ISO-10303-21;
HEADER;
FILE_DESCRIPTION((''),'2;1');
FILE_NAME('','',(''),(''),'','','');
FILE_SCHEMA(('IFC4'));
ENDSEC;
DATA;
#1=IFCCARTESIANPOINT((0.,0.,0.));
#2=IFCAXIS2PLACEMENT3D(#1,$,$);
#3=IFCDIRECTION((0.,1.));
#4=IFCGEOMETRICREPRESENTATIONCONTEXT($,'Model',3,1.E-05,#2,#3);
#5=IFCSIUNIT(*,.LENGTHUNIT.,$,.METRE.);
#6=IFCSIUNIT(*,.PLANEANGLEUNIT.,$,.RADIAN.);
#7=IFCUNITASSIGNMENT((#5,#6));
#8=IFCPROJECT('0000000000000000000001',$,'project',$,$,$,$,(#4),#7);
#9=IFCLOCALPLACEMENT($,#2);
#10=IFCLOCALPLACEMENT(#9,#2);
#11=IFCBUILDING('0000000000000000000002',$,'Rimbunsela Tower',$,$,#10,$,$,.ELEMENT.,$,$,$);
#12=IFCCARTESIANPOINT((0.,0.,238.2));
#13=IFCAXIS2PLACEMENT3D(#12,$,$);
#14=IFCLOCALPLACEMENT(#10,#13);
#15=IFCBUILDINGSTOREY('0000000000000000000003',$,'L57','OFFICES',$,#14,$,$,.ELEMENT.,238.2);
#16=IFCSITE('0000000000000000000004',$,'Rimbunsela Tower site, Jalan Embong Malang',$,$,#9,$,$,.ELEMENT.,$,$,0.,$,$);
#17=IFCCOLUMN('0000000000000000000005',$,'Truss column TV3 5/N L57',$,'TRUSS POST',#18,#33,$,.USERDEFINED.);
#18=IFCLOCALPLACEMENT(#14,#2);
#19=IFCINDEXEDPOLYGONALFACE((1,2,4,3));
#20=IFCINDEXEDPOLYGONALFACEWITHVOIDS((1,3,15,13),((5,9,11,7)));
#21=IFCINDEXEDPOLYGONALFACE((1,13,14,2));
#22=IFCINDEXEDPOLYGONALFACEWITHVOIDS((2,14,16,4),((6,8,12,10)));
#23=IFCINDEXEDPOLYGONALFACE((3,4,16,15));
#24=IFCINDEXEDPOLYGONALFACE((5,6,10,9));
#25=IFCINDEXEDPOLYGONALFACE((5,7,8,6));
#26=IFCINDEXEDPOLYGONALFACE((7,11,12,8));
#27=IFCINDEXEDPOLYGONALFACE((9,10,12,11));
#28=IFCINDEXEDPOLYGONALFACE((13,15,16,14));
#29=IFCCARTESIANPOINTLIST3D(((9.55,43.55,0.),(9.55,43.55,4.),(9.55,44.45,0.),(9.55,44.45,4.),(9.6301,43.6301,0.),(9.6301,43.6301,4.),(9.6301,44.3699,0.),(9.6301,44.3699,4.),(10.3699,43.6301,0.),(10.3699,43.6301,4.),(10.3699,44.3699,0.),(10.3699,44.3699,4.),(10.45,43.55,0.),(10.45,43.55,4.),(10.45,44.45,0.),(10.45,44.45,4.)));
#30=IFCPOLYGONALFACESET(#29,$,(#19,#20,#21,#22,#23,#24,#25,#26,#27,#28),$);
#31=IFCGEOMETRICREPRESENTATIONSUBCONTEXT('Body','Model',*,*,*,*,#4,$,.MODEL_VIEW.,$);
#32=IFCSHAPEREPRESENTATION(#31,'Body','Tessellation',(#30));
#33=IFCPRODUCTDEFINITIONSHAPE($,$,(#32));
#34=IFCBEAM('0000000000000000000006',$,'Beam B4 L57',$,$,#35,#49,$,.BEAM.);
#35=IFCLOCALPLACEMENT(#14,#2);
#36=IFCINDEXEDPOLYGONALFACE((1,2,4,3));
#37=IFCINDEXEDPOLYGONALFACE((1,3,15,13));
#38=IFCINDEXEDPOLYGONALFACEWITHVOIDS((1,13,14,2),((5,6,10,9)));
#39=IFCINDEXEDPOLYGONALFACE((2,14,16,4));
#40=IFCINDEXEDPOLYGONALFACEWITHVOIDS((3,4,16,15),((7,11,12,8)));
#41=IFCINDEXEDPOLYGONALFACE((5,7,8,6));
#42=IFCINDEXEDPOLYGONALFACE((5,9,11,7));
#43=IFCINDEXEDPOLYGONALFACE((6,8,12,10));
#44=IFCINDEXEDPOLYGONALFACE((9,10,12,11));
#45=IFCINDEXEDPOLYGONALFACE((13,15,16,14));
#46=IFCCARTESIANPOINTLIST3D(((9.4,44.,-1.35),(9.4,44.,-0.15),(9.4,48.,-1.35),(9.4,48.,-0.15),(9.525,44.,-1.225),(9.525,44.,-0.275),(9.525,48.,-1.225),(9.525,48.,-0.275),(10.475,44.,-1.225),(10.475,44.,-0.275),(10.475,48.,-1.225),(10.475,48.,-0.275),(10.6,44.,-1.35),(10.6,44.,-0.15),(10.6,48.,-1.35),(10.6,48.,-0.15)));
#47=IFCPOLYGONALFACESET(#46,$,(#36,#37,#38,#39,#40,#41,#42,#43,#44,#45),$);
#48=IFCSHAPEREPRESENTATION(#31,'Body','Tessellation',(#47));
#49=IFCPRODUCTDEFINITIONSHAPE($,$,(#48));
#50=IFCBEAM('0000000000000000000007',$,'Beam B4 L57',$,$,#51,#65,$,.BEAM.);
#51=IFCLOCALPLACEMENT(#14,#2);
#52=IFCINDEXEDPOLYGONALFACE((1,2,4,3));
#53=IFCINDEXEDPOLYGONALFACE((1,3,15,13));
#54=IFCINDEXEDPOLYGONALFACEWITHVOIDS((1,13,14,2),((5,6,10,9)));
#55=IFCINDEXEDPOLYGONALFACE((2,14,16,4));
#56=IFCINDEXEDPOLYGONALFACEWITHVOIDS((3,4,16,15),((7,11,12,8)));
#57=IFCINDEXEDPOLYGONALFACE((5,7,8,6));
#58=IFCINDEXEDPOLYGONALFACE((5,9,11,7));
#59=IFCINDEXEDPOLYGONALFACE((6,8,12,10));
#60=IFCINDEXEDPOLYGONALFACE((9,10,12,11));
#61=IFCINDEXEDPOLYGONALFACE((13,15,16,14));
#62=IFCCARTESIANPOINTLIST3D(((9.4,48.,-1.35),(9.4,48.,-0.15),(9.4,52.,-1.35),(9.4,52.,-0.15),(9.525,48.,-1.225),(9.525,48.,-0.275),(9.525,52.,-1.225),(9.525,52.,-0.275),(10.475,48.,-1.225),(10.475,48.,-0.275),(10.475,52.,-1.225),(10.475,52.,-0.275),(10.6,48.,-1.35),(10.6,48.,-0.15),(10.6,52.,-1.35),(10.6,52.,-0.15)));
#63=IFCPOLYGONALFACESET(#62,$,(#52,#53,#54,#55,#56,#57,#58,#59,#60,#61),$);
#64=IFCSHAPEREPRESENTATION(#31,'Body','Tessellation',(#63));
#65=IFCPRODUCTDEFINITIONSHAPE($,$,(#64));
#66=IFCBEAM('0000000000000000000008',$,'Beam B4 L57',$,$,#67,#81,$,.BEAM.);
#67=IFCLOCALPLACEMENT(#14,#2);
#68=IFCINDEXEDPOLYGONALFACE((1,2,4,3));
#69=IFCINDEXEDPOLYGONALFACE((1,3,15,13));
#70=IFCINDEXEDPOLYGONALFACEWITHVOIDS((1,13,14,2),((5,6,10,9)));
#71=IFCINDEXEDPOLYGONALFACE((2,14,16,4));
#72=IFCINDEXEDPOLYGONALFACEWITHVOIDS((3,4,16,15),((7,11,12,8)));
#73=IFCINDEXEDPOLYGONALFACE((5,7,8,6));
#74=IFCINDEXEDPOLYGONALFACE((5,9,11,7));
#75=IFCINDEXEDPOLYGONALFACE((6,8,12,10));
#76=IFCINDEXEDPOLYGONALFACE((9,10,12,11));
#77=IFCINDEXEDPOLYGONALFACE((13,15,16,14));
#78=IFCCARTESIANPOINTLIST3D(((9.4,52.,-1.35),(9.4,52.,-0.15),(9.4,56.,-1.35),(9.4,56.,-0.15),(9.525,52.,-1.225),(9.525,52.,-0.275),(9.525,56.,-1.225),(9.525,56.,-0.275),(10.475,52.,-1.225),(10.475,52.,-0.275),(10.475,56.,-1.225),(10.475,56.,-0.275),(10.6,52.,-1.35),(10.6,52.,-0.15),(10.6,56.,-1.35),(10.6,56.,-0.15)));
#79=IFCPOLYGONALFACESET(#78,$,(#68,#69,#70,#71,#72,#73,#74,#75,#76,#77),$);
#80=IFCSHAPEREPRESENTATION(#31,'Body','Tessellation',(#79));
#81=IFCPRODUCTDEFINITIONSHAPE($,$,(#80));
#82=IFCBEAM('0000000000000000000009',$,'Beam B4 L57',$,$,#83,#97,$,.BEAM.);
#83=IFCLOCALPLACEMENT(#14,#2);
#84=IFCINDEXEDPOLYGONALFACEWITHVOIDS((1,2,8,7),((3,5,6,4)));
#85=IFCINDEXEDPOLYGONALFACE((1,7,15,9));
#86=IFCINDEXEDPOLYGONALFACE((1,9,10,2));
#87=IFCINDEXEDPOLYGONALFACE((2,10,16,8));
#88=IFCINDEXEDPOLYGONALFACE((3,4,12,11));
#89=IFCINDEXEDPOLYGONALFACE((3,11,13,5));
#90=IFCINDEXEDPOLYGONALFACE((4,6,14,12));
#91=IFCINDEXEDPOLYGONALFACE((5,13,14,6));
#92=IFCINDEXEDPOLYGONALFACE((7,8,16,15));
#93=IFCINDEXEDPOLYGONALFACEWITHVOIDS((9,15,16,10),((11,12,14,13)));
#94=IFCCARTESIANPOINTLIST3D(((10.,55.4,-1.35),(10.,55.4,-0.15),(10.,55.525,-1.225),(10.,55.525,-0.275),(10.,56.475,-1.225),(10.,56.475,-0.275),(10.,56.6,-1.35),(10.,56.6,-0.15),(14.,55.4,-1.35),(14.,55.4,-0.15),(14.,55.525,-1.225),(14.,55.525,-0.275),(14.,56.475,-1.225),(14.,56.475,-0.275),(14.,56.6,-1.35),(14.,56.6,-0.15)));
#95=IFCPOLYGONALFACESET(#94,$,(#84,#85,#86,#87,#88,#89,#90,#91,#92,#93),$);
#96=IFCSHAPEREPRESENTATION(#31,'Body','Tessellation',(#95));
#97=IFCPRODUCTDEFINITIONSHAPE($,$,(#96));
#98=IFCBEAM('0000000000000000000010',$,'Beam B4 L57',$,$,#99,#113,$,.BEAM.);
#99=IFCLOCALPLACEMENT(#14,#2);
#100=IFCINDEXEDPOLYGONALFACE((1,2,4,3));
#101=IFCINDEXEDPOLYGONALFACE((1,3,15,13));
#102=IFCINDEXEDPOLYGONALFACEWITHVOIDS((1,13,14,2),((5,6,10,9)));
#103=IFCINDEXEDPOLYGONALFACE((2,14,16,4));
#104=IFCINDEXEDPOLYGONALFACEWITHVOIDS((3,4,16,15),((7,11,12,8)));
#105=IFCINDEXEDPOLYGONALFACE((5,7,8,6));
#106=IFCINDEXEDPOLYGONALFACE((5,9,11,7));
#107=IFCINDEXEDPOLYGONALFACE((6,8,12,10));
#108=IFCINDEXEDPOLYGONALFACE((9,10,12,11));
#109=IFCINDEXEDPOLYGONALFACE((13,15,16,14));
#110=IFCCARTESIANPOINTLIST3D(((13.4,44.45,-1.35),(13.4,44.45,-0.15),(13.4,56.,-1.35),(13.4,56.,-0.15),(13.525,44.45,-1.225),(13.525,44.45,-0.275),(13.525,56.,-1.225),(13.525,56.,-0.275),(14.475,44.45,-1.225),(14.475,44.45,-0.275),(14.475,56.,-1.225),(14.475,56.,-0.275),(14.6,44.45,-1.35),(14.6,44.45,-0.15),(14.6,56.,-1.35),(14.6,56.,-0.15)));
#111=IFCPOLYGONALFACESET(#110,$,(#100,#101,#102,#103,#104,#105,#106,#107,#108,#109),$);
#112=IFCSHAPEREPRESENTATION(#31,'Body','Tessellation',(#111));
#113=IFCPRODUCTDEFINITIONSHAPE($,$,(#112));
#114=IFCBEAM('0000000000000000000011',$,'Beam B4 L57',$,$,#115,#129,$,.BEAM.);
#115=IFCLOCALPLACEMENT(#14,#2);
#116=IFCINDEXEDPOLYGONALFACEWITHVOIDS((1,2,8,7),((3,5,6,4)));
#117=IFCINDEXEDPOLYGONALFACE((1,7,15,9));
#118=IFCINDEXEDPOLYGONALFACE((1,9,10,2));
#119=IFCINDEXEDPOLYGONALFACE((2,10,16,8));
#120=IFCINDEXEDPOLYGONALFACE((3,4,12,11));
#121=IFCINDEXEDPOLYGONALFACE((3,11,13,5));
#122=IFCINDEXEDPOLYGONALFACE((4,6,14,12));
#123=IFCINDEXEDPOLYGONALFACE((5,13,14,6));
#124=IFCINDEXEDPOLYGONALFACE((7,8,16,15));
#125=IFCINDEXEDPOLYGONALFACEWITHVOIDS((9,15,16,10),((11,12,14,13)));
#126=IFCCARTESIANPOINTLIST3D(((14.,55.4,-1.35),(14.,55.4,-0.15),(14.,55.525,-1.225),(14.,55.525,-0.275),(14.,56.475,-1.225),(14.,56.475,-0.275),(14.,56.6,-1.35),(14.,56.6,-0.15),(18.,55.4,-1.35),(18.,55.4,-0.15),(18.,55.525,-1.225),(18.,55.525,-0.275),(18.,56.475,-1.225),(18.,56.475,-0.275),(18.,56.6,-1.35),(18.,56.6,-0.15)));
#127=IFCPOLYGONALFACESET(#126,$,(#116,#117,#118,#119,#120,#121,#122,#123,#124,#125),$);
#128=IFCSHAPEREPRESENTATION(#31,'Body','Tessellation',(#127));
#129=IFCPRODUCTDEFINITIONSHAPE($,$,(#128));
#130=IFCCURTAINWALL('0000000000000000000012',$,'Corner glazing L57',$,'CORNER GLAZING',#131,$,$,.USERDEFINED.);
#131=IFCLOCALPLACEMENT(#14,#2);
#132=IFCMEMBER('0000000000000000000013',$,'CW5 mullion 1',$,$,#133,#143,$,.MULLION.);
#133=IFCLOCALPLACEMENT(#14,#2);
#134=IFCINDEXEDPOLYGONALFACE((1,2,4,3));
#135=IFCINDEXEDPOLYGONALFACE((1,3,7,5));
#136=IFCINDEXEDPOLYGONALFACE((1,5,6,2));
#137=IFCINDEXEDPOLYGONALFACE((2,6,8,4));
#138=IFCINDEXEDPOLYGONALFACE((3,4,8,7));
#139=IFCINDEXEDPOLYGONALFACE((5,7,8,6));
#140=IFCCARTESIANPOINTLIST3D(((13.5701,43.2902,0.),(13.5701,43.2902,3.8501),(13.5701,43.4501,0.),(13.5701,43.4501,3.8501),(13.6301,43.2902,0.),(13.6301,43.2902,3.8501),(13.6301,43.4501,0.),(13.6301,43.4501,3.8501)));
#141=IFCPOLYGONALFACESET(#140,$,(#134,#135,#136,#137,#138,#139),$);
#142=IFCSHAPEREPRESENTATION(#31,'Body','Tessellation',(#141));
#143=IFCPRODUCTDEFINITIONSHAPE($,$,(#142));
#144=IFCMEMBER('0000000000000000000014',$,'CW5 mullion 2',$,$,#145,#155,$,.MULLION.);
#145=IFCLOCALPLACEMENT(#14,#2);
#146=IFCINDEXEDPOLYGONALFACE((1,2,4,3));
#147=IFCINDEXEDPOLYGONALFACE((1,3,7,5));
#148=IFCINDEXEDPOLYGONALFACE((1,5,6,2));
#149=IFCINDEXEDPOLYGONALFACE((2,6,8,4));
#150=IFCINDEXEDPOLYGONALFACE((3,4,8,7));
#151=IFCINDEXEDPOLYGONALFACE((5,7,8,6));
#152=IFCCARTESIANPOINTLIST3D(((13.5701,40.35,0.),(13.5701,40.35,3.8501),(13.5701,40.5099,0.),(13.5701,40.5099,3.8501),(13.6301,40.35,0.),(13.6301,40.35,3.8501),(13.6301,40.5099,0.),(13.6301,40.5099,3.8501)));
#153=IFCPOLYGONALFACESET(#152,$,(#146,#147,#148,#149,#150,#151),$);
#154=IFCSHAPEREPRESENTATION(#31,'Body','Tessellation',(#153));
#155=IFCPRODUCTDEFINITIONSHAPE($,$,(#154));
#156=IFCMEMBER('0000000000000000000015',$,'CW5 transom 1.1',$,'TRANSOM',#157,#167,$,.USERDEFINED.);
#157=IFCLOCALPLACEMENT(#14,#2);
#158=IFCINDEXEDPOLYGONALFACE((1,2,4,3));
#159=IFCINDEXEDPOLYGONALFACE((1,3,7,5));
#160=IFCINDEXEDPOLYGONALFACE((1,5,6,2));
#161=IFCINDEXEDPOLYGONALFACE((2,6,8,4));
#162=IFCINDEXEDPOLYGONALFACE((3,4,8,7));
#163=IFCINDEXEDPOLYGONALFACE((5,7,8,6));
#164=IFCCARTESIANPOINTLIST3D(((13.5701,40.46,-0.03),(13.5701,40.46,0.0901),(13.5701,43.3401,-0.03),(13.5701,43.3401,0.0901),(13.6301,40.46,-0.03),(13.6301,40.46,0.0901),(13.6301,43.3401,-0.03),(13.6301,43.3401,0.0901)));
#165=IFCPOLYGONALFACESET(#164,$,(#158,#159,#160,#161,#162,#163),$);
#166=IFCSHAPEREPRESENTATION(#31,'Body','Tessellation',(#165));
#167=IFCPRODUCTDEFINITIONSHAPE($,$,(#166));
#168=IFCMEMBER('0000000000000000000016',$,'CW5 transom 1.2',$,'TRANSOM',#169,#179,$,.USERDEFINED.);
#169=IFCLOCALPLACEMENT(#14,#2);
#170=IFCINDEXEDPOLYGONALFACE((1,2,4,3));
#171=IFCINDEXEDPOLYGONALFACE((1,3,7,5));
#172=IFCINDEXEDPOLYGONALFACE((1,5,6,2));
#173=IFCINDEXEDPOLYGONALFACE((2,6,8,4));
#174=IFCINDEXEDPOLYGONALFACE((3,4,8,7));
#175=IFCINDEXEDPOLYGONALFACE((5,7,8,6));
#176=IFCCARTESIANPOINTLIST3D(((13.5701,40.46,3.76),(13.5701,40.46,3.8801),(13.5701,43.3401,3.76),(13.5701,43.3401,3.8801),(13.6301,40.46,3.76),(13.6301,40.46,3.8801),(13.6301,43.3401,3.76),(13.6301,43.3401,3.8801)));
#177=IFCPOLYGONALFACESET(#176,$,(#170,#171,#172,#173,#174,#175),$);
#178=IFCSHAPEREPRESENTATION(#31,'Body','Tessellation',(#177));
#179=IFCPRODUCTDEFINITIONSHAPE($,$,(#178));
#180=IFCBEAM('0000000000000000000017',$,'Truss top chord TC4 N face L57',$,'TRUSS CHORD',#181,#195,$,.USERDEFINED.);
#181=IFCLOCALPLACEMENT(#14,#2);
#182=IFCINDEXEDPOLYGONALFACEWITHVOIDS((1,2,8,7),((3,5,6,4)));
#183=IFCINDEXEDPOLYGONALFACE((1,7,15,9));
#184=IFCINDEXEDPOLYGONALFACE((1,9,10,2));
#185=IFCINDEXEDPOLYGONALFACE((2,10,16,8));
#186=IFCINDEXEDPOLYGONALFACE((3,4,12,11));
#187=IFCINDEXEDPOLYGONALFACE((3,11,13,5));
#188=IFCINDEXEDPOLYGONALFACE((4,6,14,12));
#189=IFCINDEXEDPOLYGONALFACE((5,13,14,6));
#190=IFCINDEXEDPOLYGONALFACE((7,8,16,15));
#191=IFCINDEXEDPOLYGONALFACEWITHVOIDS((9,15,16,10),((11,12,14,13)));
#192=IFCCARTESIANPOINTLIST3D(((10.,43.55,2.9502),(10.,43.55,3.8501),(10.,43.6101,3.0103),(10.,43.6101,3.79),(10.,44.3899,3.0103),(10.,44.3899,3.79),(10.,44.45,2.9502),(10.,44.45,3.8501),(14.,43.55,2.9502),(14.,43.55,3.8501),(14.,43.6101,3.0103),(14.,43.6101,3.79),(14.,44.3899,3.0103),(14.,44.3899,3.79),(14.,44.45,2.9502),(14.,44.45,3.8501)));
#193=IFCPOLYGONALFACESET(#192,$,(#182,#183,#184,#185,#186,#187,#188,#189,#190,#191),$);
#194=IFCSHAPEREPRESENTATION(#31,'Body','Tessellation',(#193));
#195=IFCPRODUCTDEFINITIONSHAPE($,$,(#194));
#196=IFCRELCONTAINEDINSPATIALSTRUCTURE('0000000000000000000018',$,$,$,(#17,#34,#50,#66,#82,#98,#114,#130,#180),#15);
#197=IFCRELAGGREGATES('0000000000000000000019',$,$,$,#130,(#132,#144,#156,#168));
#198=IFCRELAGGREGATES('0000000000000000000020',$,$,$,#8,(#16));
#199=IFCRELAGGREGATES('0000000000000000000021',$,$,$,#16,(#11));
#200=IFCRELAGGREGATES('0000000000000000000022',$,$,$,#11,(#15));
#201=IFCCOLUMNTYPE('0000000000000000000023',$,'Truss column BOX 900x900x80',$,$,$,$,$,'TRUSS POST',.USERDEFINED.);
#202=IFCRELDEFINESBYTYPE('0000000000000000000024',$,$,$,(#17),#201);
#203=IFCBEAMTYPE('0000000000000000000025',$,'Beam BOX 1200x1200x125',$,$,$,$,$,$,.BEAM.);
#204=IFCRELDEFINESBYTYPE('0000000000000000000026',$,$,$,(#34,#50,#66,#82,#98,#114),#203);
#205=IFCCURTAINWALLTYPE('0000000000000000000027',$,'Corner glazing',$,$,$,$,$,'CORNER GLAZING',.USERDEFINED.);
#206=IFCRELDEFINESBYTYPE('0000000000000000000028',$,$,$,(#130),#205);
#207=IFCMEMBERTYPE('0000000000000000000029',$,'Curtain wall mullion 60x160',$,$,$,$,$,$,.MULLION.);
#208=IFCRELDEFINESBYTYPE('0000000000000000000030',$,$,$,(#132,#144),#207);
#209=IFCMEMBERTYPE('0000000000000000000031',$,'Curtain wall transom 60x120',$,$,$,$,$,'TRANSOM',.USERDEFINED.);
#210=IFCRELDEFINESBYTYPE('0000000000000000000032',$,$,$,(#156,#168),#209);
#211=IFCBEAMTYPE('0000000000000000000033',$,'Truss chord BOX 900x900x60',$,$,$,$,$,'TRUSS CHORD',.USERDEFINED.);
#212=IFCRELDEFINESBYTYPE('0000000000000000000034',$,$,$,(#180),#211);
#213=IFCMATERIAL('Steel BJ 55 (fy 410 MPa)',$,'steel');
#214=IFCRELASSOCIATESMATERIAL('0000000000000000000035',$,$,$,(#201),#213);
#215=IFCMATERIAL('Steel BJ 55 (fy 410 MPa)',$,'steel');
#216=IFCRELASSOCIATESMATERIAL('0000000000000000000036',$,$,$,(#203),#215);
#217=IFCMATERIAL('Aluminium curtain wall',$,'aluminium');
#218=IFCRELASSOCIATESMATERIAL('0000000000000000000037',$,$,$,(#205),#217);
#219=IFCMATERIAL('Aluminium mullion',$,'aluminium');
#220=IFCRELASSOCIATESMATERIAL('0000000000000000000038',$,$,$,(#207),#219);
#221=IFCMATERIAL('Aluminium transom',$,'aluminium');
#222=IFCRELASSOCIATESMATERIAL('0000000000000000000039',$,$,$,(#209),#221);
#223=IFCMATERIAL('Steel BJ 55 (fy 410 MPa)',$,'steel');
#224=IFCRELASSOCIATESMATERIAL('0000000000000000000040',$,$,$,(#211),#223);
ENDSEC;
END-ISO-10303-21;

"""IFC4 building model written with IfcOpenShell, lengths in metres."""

from ifc_helpers import new_model, si_unit, direction, frame, origin, origin_2d, place, context, subcontext, project, spatial, rectangle, hollow_rectangle, extrude, material, material_profile, profile_set, type_object, element, aggregate, save


model = new_model("IFC4")

# Units and contexts
model_context = context("Model", 3, precision=1e-05, world=origin(), true_north=direction((0.0, 1.0)))
body_context = subcontext(model_context, "Body", "Model", "MODEL_VIEW")
ifc_project = project(units=[si_unit("LENGTHUNIT", "METRE"), si_unit("PLANEANGLEUNIT", "RADIAN")], contexts=[model_context])

# Site, building, storey
site_placement = place(None, origin())
site = spatial("IfcSite", under=ifc_project, at=site_placement, Name="Rimbunsela Tower site, Jalan Embong Malang", CompositionType="ELEMENT", RefElevation=0.0)
building_placement = place(site_placement, origin())
building = spatial("IfcBuilding", under=site, at=building_placement, Name="Rimbunsela Tower", CompositionType="ELEMENT")
storey_placement = place(building_placement, frame((0.0, 0.0, 238.2)))
storey = spatial("IfcBuildingStorey", under=building, at=storey_placement, Name="L57", Description="OFFICES", CompositionType="ELEMENT", Elevation=238.2)

# Column
ifc_material_1 = material(Name="Steel BJ 55 (fy 410 MPa)", Category="steel")
ifc_material_profile_1 = material_profile(ifc_material_1, hollow_rectangle(XDim=0.8999, YDim=0.8999, WallThickness=0.0801, at=origin_2d()), Name="BOX 900x900x80")
ifc_profile_set_1 = profile_set([ifc_material_profile_1], Name="Steel BJ 55 (fy 410 MPa)")
column_type = type_object("IfcColumnType", Name="Truss column BOX 900x900x80", ElementType="TRUSS POST", PredefinedType="USERDEFINED", material=ifc_profile_set_1)
column_placement = place(storey_placement, frame((10.0, 44.0, 0.0), z_axis=(0.0, 0.0, 1.0), x_axis=(1.0, 0.0, 0.0)))
element("IfcColumn", 1, at=column_placement, inside=storey, type_object=column_type, Name="Truss column TV3 5/N L57", ObjectType="TRUSS POST", PredefinedType="USERDEFINED", context=body_context, shape_type="SweptSolid", body=[
    extrude(hollow_rectangle(XDim=0.8999, YDim=0.8999, WallThickness=0.0801, at=origin_2d()), origin(), (0.0, 0.0, 1.0), 4.0),
])

# Beams
ifc_material_2 = material(Name="Steel BJ 55 (fy 410 MPa)", Category="steel")
ifc_material_profile_2 = material_profile(ifc_material_2, hollow_rectangle(XDim=1.2, YDim=1.2, WallThickness=0.125, at=origin_2d()), Name="BOX 1200x1200x125")
ifc_profile_set_2 = profile_set([ifc_material_profile_2], Name="Steel BJ 55 (fy 410 MPa)")
beam_type_1 = type_object("IfcBeamType", Name="Beam BOX 1200x1200x125", PredefinedType="BEAM", material=ifc_profile_set_2)
for number, where, z_axis, x_axis, name in (
    (2, (10.0, 44.0, -0.75), (0.0, 1.0, 0.0), (-1.0, 0.0, 0.0), "Beam B4 L57"),
    (3, (10.0, 48.0, -0.75), (0.0, 1.0, 0.0), (-1.0, 0.0, 0.0), "Beam B4 L57"),
    (4, (10.0, 52.0, -0.75), (0.0, 1.0, 0.0), (-1.0, 0.0, 0.0), "Beam B4 L57"),
    (5, (10.0, 56.0, -0.75), (1.0, 0.0, 0.0), (0.0, 1.0, 0.0), "Beam B4 L57"),
):
    element("IfcBeam", number, at=place(storey_placement, frame(where, z_axis=z_axis, x_axis=x_axis)), inside=storey, type_object=beam_type_1, Name=name, PredefinedType="BEAM", context=body_context, shape_type="SweptSolid", body=[
        extrude(hollow_rectangle(XDim=1.2, YDim=1.2, WallThickness=0.125, at=origin_2d()), origin(), (0.0, 0.0, 1.0), 4.0),
    ])
beam_1_placement = place(storey_placement, frame((14.0, 44.45, -0.75), z_axis=(0.0, 1.0, 0.0), x_axis=(-1.0, 0.0, 0.0)))
element("IfcBeam", 6, at=beam_1_placement, inside=storey, type_object=beam_type_1, Name="Beam B4 L57", PredefinedType="BEAM", context=body_context, shape_type="SweptSolid", body=[
    extrude(hollow_rectangle(XDim=1.2, YDim=1.2, WallThickness=0.125, at=origin_2d()), origin(), (0.0, 0.0, 1.0), 11.55),
])
beam_2_placement = place(storey_placement, frame((14.0, 56.0, -0.75), z_axis=(1.0, 0.0, 0.0), x_axis=(0.0, 1.0, 0.0)))
element("IfcBeam", 7, at=beam_2_placement, inside=storey, type_object=beam_type_1, Name="Beam B4 L57", PredefinedType="BEAM", context=body_context, shape_type="SweptSolid", body=[
    extrude(hollow_rectangle(XDim=1.2, YDim=1.2, WallThickness=0.125, at=origin_2d()), origin(), (0.0, 0.0, 1.0), 4.0),
])

# Curtain wall, members
ifc_material_3 = material(Name="Aluminium curtain wall", Category="aluminium")
curtain_wall_type = type_object("IfcCurtainWallType", Name="Corner glazing", ElementType="CORNER GLAZING", PredefinedType="USERDEFINED", material=ifc_material_3)
curtain_wall_placement = place(storey_placement, origin())
curtain_wall = element("IfcCurtainWall", 8, at=curtain_wall_placement, inside=storey, type_object=curtain_wall_type, Name="Corner glazing L57", ObjectType="CORNER GLAZING", PredefinedType="USERDEFINED")
ifc_material_4 = material(Name="Aluminium mullion", Category="aluminium")
ifc_material_profile_3 = material_profile(ifc_material_4, rectangle(XDim=0.0601, YDim=0.1599, at=origin_2d()), Name="Mullion 60x160")
ifc_profile_set_3 = profile_set([ifc_material_profile_3], Name="Aluminium mullion")
member_type_1 = type_object("IfcMemberType", Name="Curtain wall mullion 60x160", PredefinedType="MULLION", material=ifc_profile_set_3)
member_1_placement = place(storey_placement, frame((13.6001, 43.3701, 0.0), z_axis=(0.0, 0.0, 1.0), x_axis=(1.0, 0.0, 0.0)))
member_1 = element("IfcMember", 9, at=member_1_placement, type_object=member_type_1, Name="CW5 mullion 1", PredefinedType="MULLION", context=body_context, shape_type="SweptSolid", body=[
    extrude(rectangle(XDim=0.0601, YDim=0.1599, at=origin_2d()), origin(), (0.0, 0.0, 1.0), 3.8501),
])
member_2_placement = place(storey_placement, frame((13.6001, 40.4299, 0.0), z_axis=(0.0, 0.0, 1.0), x_axis=(1.0, 0.0, 0.0)))
member_2 = element("IfcMember", 10, at=member_2_placement, type_object=member_type_1, Name="CW5 mullion 2", PredefinedType="MULLION", context=body_context, shape_type="SweptSolid", body=[
    extrude(rectangle(XDim=0.0601, YDim=0.1599, at=origin_2d()), origin(), (0.0, 0.0, 1.0), 3.8501),
])
ifc_material_5 = material(Name="Aluminium transom", Category="aluminium")
ifc_material_profile_4 = material_profile(ifc_material_5, rectangle(XDim=0.0601, YDim=0.1201, at=origin_2d()), Name="Transom 60x120")
ifc_profile_set_4 = profile_set([ifc_material_profile_4], Name="Aluminium transom")
member_type_2 = type_object("IfcMemberType", Name="Curtain wall transom 60x120", ElementType="TRANSOM", PredefinedType="USERDEFINED", material=ifc_profile_set_4)
member_3_placement = place(storey_placement, frame((13.6001, 43.3401, 0.03), z_axis=(0.0, -1.0, 0.0), x_axis=(1.0, 0.0, 0.0)))
member_3 = element("IfcMember", 11, at=member_3_placement, type_object=member_type_2, Name="CW5 transom 1.1", ObjectType="TRANSOM", PredefinedType="USERDEFINED", context=body_context, shape_type="SweptSolid", body=[
    extrude(rectangle(XDim=0.0601, YDim=0.1201, at=origin_2d()), origin(), (0.0, 0.0, 1.0), 2.8801),
])
member_4_placement = place(storey_placement, frame((13.6001, 43.3401, 3.8201), z_axis=(0.0, -1.0, 0.0), x_axis=(1.0, 0.0, 0.0)))
member_4 = element("IfcMember", 12, at=member_4_placement, type_object=member_type_2, Name="CW5 transom 1.2", ObjectType="TRANSOM", PredefinedType="USERDEFINED", context=body_context, shape_type="SweptSolid", body=[
    extrude(rectangle(XDim=0.0601, YDim=0.1201, at=origin_2d()), origin(), (0.0, 0.0, 1.0), 2.8801),
])

# Beam
ifc_material_6 = material(Name="Steel BJ 55 (fy 410 MPa)", Category="steel")
ifc_material_profile_5 = material_profile(ifc_material_6, hollow_rectangle(XDim=0.8999, YDim=0.8999, WallThickness=0.0601, at=origin_2d()), Name="BOX 900x900x60")
ifc_profile_set_5 = profile_set([ifc_material_profile_5], Name="Steel BJ 55 (fy 410 MPa)")
beam_type_2 = type_object("IfcBeamType", Name="Truss chord BOX 900x900x60", ElementType="TRUSS CHORD", PredefinedType="USERDEFINED", material=ifc_profile_set_5)
for number, where, z_axis, x_axis, name in (
    (13, (10.0, 44.0, 3.4001), (1.0, 0.0, 0.0), (0.0, 1.0, 0.0), "Truss top chord TC4 N face L57"),
):
    element("IfcBeam", number, at=place(storey_placement, frame(where, z_axis=z_axis, x_axis=x_axis)), inside=storey, type_object=beam_type_2, Name=name, ObjectType="TRUSS CHORD", PredefinedType="USERDEFINED", context=body_context, shape_type="SweptSolid", body=[
        extrude(hollow_rectangle(XDim=0.8999, YDim=0.8999, WallThickness=0.0601, at=origin_2d()), origin(), (0.0, 0.0, 1.0), 4.0),
    ])

aggregate(curtain_wall, [member_1, member_2, member_3, member_4])

save(model, "model.ifc")
